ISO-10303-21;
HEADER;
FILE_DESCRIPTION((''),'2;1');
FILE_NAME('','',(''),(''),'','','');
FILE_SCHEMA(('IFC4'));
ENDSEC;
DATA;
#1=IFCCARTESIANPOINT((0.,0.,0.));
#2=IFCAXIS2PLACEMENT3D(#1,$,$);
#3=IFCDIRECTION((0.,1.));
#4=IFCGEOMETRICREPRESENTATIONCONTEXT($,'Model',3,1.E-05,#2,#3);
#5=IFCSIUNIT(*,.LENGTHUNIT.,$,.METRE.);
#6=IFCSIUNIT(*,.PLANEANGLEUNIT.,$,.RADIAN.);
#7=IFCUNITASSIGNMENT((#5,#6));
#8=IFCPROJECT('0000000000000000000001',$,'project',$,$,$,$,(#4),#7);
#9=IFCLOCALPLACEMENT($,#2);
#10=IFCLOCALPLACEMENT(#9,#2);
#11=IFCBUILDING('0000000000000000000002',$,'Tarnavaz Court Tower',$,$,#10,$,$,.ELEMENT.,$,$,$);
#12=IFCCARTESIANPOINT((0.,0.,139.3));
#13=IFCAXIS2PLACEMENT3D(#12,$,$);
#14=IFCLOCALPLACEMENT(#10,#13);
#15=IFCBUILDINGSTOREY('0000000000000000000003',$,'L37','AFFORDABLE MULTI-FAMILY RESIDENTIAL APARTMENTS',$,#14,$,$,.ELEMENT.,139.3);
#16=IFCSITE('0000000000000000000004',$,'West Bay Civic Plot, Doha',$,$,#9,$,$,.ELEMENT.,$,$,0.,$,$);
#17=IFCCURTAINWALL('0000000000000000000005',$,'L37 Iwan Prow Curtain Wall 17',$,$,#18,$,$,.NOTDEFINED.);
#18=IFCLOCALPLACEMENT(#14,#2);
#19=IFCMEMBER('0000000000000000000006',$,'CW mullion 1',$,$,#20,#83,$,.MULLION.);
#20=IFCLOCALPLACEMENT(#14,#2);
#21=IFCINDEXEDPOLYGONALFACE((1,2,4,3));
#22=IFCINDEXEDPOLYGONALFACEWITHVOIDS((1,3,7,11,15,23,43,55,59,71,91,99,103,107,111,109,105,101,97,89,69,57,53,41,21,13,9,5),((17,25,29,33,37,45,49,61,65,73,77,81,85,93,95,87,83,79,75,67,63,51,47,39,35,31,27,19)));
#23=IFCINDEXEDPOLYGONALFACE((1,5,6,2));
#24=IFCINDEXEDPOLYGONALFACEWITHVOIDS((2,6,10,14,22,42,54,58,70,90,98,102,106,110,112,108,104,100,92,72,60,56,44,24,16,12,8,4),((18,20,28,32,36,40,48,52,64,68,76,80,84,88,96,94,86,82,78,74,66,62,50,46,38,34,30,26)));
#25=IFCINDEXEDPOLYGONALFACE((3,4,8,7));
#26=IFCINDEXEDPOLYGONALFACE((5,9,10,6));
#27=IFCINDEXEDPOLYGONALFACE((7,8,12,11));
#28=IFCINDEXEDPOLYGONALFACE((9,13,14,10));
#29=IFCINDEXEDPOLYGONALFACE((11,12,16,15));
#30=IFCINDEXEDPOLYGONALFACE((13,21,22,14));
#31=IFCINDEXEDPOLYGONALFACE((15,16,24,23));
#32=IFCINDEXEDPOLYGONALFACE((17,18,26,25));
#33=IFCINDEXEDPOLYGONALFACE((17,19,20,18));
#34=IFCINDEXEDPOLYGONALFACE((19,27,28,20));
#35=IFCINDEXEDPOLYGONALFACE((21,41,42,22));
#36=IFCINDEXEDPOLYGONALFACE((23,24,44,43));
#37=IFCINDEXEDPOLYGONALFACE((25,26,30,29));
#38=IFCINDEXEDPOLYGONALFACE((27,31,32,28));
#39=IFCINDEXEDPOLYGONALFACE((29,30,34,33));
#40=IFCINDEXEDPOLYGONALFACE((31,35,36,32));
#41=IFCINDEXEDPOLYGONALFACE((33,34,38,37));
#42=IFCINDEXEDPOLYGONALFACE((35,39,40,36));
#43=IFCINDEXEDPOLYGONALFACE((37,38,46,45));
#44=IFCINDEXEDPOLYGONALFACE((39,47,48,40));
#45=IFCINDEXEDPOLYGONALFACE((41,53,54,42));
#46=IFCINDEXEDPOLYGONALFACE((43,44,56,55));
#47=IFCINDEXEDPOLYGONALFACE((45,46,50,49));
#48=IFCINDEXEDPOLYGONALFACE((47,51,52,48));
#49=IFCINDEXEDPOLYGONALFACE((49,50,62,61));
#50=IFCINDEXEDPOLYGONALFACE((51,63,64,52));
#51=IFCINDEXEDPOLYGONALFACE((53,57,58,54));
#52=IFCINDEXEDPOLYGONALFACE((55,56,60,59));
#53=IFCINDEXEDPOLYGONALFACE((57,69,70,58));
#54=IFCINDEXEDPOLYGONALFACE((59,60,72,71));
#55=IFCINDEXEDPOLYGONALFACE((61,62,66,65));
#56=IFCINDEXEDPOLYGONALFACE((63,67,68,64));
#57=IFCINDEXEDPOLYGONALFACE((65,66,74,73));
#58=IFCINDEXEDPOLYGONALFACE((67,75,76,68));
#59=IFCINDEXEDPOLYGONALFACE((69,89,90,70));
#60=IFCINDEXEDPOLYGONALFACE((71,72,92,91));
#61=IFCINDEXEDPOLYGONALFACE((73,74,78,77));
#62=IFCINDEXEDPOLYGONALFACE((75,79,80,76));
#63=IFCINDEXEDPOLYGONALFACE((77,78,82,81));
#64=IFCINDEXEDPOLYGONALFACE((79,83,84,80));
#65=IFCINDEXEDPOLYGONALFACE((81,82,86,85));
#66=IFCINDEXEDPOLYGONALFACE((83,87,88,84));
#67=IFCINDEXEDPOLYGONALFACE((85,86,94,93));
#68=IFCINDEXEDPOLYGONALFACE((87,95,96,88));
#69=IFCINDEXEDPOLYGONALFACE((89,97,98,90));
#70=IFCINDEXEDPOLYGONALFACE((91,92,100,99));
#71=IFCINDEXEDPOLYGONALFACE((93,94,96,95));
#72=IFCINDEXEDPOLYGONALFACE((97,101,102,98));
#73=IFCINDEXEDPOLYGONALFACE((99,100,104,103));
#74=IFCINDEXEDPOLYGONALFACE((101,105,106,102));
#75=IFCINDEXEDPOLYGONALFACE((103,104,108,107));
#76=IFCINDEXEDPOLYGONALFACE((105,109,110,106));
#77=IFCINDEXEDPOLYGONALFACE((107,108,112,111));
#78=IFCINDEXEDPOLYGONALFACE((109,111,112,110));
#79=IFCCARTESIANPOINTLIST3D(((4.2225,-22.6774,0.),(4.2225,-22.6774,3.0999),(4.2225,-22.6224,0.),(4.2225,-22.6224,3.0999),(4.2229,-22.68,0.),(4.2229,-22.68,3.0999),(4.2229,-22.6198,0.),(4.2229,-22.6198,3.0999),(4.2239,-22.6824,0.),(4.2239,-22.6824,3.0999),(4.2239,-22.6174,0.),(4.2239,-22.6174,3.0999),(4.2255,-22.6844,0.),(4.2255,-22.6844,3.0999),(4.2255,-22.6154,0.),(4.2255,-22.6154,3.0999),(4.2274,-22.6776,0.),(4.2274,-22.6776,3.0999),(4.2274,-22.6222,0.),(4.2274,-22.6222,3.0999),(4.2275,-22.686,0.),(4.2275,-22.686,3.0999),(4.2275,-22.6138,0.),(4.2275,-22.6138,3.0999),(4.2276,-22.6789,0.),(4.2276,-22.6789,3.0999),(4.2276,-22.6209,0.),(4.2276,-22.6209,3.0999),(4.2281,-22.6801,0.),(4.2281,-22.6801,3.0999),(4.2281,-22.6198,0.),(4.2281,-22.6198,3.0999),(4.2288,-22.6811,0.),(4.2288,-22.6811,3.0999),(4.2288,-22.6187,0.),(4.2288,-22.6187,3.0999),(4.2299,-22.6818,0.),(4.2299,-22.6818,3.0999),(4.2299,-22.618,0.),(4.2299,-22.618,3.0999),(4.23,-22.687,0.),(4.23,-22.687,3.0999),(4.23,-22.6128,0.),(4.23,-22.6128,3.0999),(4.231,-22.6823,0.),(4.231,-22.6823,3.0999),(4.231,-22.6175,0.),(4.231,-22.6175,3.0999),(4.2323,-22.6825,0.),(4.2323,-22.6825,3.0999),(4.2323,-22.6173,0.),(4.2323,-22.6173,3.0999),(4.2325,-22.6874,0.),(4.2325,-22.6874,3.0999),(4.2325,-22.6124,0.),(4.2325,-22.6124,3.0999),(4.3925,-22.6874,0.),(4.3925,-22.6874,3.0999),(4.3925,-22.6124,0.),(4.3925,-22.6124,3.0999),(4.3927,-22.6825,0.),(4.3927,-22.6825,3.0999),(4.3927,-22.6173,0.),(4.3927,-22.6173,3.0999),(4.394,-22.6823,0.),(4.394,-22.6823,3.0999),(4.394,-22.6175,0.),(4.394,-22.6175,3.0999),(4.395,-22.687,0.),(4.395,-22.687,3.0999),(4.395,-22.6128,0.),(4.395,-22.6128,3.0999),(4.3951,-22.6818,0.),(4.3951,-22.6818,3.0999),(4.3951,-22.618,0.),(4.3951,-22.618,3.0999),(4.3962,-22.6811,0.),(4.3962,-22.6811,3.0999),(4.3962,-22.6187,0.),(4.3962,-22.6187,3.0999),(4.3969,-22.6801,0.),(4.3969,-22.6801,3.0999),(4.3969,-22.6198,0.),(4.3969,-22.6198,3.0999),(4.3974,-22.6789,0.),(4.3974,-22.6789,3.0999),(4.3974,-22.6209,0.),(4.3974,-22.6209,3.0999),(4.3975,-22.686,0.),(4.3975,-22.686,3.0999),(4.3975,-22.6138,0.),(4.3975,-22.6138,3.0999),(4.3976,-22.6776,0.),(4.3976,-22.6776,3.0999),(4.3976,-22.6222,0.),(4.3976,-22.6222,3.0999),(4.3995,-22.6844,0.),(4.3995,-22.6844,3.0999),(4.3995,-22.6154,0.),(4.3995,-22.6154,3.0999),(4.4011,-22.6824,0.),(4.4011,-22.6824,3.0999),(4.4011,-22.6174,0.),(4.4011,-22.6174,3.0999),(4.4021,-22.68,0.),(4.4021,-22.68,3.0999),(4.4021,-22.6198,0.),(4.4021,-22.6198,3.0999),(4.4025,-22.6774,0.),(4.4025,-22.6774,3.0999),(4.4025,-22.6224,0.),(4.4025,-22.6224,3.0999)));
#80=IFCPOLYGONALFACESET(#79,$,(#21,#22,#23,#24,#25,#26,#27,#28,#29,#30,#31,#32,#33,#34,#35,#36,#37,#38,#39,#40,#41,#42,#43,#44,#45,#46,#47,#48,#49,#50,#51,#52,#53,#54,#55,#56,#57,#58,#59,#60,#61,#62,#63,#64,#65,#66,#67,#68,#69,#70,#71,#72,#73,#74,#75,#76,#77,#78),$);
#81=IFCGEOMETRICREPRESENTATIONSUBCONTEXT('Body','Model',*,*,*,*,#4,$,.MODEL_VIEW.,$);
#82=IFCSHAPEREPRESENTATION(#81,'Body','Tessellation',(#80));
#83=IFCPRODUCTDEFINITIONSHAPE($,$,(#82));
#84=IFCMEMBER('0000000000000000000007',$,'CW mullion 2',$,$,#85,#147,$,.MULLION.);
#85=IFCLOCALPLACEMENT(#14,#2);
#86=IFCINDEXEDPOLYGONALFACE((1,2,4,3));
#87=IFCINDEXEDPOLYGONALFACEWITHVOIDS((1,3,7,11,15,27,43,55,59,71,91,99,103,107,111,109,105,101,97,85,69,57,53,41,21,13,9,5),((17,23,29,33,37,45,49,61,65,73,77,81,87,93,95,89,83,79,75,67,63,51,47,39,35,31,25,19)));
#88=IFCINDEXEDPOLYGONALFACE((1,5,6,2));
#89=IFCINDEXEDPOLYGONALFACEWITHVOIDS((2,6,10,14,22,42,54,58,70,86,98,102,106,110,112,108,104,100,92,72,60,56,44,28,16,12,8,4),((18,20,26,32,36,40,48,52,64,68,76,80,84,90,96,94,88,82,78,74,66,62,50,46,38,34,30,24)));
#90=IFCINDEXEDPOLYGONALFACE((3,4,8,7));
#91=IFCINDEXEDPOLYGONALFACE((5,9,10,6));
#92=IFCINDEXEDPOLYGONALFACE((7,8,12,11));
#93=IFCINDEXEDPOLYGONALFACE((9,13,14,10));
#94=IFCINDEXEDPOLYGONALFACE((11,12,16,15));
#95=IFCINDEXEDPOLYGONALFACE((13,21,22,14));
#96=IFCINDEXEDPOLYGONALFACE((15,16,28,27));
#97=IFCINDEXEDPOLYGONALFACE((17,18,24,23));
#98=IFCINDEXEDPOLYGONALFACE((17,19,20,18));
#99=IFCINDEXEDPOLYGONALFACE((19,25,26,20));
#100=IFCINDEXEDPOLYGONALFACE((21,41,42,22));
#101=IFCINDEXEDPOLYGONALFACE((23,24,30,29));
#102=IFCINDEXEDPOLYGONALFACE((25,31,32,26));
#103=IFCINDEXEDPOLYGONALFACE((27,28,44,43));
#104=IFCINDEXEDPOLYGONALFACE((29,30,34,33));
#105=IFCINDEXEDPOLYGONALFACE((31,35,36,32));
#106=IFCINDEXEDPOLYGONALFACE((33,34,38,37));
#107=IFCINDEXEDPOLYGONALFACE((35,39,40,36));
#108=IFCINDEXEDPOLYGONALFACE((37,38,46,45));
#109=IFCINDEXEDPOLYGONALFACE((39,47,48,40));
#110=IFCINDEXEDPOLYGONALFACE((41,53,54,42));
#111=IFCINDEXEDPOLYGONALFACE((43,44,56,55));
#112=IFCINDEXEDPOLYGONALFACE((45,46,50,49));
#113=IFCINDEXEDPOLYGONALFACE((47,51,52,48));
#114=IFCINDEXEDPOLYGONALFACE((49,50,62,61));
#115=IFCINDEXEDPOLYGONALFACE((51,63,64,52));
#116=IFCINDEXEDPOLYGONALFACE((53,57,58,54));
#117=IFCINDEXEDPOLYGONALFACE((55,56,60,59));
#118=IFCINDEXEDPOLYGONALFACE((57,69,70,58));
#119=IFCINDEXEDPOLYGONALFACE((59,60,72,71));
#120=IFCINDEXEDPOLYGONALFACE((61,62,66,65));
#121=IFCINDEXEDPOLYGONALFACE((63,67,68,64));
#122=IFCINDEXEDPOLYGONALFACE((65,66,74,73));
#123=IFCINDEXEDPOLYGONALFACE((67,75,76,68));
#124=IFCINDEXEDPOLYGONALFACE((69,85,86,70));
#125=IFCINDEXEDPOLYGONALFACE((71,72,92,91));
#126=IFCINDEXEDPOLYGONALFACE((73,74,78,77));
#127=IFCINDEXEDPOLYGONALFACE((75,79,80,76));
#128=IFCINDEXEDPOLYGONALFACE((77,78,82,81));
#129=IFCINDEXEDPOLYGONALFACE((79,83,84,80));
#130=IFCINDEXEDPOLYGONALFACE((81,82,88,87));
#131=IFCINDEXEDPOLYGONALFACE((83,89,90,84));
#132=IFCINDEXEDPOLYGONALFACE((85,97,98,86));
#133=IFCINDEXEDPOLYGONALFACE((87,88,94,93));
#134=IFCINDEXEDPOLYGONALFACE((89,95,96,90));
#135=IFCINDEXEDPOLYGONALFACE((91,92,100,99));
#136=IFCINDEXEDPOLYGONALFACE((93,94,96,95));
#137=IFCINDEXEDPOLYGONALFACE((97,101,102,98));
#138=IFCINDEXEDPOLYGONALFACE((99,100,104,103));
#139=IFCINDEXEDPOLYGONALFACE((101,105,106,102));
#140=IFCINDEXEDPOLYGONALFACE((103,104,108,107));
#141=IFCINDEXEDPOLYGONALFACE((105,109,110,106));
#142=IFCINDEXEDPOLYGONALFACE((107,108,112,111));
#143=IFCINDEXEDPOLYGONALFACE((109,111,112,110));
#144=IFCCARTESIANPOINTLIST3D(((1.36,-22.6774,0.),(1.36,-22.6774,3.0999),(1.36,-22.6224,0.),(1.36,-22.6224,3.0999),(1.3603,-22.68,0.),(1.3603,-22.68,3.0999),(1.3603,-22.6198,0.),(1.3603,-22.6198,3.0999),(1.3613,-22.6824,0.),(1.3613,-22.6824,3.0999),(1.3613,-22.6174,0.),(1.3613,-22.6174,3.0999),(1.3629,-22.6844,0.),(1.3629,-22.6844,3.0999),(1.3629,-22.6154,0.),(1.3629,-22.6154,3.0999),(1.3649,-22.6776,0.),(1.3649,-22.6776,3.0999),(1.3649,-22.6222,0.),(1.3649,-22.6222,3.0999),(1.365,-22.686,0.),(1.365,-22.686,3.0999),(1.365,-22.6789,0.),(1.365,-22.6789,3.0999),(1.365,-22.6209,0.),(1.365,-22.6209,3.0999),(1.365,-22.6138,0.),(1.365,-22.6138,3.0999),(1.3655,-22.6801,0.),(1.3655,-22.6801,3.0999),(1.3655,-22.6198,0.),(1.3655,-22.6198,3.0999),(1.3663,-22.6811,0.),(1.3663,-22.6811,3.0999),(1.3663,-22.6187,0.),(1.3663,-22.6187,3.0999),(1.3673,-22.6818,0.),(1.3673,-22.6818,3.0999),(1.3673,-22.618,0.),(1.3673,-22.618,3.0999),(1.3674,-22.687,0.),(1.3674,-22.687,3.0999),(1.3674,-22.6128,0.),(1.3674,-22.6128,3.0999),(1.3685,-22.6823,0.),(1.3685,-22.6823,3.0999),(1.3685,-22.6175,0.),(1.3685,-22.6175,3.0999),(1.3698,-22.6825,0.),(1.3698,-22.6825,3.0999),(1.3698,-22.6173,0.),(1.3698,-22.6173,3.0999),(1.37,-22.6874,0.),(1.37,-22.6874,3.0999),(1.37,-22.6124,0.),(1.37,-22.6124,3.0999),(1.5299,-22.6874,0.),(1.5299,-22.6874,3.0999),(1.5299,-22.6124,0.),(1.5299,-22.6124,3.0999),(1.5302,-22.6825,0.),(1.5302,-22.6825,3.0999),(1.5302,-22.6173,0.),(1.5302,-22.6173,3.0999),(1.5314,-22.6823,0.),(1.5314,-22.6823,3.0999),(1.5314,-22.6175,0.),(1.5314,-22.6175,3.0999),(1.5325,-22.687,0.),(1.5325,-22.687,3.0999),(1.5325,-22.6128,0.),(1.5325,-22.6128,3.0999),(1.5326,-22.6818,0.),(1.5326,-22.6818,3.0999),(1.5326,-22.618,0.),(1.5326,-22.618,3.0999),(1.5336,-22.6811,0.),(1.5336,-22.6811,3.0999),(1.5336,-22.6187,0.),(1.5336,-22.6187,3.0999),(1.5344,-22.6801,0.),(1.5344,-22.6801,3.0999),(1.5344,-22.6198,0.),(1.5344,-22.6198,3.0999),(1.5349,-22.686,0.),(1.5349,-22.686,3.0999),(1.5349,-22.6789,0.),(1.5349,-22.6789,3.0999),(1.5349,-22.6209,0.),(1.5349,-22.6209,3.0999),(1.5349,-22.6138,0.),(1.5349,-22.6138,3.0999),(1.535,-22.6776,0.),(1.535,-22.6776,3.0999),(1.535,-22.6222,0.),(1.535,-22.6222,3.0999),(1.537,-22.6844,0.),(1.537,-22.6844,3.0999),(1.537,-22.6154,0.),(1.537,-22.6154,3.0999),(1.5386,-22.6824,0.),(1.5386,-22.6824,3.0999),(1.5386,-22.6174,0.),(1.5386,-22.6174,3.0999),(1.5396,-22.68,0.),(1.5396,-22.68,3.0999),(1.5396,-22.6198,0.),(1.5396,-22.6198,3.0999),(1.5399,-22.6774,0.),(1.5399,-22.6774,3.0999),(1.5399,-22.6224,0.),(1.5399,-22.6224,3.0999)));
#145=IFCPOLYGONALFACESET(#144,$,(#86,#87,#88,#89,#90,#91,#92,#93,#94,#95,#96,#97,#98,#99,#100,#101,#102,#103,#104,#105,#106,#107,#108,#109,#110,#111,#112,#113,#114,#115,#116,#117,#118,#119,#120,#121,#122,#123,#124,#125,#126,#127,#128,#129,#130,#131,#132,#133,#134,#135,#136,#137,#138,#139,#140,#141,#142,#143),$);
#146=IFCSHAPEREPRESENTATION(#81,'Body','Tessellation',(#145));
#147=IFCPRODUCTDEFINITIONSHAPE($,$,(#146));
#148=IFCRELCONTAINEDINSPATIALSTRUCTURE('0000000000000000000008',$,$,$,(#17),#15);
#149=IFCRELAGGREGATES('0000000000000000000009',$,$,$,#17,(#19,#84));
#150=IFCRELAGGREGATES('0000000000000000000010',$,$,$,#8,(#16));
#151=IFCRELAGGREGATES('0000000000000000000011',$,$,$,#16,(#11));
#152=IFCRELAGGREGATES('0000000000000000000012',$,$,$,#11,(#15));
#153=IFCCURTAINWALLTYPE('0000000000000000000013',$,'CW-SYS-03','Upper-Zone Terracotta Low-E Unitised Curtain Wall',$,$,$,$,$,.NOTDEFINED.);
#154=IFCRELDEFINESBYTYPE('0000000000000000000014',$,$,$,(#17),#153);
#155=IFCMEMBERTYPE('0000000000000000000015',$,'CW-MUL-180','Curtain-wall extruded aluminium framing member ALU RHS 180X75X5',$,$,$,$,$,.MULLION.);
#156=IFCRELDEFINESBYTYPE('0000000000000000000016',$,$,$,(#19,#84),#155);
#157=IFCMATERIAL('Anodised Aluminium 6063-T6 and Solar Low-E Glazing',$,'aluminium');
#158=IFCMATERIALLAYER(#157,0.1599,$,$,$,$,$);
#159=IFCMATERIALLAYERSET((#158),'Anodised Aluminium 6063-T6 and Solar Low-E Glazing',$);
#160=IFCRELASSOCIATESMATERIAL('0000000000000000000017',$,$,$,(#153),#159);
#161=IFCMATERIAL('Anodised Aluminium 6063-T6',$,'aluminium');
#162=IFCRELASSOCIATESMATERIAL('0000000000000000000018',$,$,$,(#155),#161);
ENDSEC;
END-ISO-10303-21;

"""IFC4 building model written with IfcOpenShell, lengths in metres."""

from ifc_helpers import new_model, si_unit, direction, frame, origin, origin_2d, place, context, subcontext, project, spatial, hollow_rectangle, extrude, material, layer, layer_set, material_profile, profile_set, type_object, element, aggregate, save


model = new_model("IFC4")

# Units and contexts
model_context = context("Model", 3, precision=1e-05, world=origin(), true_north=direction((0.0, 1.0)))
body_context = subcontext(model_context, "Body", "Model", "MODEL_VIEW")
ifc_project = project(units=[si_unit("LENGTHUNIT", "METRE"), si_unit("PLANEANGLEUNIT", "RADIAN")], contexts=[model_context])

# Site, building, storey
site_placement = place(None, origin())
site = spatial("IfcSite", under=ifc_project, at=site_placement, Name="West Bay Civic Plot, Doha", CompositionType="ELEMENT", RefElevation=0.0)
building_placement = place(site_placement, origin())
building = spatial("IfcBuilding", under=site, at=building_placement, Name="Tarnavaz Court Tower", CompositionType="ELEMENT")
storey_placement = place(building_placement, frame((0.0, 0.0, 139.3)))
storey = spatial("IfcBuildingStorey", under=building, at=storey_placement, Name="L37", Description="AFFORDABLE MULTI-FAMILY RESIDENTIAL APARTMENTS", CompositionType="ELEMENT", Elevation=139.3)

# Curtain wall, members
ifc_material_1 = material(Name="Anodised Aluminium 6063-T6 and Solar Low-E Glazing", Category="aluminium")
ifc_layer_1 = layer(ifc_material_1, 0.1599)
ifc_layer_set_1 = layer_set([ifc_layer_1], Name="Anodised Aluminium 6063-T6 and Solar Low-E Glazing")
curtain_wall_type = type_object("IfcCurtainWallType", Name="CW-SYS-03", Description="Upper-Zone Terracotta Low-E Unitised Curtain Wall", PredefinedType="NOTDEFINED", material=ifc_layer_set_1)
curtain_wall_placement = place(storey_placement, origin())
curtain_wall = element("IfcCurtainWall", 1, at=curtain_wall_placement, inside=storey, type_object=curtain_wall_type, Name="L37 Iwan Prow Curtain Wall 17", PredefinedType="NOTDEFINED")
ifc_material_2 = material(Name="Anodised Aluminium 6063-T6", Category="aluminium")
ifc_material_profile_1 = material_profile(ifc_material_2, hollow_rectangle(XDim=0.075, YDim=0.1799, WallThickness=0.0049, InnerFilletRadius=0.0049, OuterFilletRadius=0.01, at=origin_2d()), Name="ALU RHS 180X75X5")
ifc_profile_set_1 = profile_set([ifc_material_profile_1], Name="Anodised Aluminium 6063-T6")
member_type_1 = type_object("IfcMemberType", Name="CW-MUL-180", Description="Curtain-wall extruded aluminium framing member ALU RHS 180X75X5", PredefinedType="MULLION", material=ifc_profile_set_1)
member_1_placement = place(storey_placement, frame((4.3125, -22.6499, 0.0), z_axis=(0.0, 0.0, 1.0), x_axis=(0.0, -1.0, 0.0)))
member_1 = element("IfcMember", 2, at=member_1_placement, type_object=member_type_1, Name="CW mullion 1", PredefinedType="MULLION", context=body_context, shape_type="SweptSolid", body=[
    extrude(hollow_rectangle(XDim=0.075, YDim=0.1799, WallThickness=0.0049, InnerFilletRadius=0.0049, OuterFilletRadius=0.01, at=origin_2d()), origin(), (0.0, 0.0, 1.0), 3.0999),
])
member_2_placement = place(storey_placement, frame((1.45, -22.6499, 0.0), z_axis=(0.0, 0.0, 1.0), x_axis=(0.0, -1.0, 0.0)))
member_2 = element("IfcMember", 3, at=member_2_placement, type_object=member_type_1, Name="CW mullion 2", PredefinedType="MULLION", context=body_context, shape_type="SweptSolid", body=[
    extrude(hollow_rectangle(XDim=0.075, YDim=0.1799, WallThickness=0.0049, InnerFilletRadius=0.0049, OuterFilletRadius=0.01, at=origin_2d()), origin(), (0.0, 0.0, 1.0), 3.0999),
])
aggregate(curtain_wall, [member_1, member_2])

save(model, "model.ifc")
